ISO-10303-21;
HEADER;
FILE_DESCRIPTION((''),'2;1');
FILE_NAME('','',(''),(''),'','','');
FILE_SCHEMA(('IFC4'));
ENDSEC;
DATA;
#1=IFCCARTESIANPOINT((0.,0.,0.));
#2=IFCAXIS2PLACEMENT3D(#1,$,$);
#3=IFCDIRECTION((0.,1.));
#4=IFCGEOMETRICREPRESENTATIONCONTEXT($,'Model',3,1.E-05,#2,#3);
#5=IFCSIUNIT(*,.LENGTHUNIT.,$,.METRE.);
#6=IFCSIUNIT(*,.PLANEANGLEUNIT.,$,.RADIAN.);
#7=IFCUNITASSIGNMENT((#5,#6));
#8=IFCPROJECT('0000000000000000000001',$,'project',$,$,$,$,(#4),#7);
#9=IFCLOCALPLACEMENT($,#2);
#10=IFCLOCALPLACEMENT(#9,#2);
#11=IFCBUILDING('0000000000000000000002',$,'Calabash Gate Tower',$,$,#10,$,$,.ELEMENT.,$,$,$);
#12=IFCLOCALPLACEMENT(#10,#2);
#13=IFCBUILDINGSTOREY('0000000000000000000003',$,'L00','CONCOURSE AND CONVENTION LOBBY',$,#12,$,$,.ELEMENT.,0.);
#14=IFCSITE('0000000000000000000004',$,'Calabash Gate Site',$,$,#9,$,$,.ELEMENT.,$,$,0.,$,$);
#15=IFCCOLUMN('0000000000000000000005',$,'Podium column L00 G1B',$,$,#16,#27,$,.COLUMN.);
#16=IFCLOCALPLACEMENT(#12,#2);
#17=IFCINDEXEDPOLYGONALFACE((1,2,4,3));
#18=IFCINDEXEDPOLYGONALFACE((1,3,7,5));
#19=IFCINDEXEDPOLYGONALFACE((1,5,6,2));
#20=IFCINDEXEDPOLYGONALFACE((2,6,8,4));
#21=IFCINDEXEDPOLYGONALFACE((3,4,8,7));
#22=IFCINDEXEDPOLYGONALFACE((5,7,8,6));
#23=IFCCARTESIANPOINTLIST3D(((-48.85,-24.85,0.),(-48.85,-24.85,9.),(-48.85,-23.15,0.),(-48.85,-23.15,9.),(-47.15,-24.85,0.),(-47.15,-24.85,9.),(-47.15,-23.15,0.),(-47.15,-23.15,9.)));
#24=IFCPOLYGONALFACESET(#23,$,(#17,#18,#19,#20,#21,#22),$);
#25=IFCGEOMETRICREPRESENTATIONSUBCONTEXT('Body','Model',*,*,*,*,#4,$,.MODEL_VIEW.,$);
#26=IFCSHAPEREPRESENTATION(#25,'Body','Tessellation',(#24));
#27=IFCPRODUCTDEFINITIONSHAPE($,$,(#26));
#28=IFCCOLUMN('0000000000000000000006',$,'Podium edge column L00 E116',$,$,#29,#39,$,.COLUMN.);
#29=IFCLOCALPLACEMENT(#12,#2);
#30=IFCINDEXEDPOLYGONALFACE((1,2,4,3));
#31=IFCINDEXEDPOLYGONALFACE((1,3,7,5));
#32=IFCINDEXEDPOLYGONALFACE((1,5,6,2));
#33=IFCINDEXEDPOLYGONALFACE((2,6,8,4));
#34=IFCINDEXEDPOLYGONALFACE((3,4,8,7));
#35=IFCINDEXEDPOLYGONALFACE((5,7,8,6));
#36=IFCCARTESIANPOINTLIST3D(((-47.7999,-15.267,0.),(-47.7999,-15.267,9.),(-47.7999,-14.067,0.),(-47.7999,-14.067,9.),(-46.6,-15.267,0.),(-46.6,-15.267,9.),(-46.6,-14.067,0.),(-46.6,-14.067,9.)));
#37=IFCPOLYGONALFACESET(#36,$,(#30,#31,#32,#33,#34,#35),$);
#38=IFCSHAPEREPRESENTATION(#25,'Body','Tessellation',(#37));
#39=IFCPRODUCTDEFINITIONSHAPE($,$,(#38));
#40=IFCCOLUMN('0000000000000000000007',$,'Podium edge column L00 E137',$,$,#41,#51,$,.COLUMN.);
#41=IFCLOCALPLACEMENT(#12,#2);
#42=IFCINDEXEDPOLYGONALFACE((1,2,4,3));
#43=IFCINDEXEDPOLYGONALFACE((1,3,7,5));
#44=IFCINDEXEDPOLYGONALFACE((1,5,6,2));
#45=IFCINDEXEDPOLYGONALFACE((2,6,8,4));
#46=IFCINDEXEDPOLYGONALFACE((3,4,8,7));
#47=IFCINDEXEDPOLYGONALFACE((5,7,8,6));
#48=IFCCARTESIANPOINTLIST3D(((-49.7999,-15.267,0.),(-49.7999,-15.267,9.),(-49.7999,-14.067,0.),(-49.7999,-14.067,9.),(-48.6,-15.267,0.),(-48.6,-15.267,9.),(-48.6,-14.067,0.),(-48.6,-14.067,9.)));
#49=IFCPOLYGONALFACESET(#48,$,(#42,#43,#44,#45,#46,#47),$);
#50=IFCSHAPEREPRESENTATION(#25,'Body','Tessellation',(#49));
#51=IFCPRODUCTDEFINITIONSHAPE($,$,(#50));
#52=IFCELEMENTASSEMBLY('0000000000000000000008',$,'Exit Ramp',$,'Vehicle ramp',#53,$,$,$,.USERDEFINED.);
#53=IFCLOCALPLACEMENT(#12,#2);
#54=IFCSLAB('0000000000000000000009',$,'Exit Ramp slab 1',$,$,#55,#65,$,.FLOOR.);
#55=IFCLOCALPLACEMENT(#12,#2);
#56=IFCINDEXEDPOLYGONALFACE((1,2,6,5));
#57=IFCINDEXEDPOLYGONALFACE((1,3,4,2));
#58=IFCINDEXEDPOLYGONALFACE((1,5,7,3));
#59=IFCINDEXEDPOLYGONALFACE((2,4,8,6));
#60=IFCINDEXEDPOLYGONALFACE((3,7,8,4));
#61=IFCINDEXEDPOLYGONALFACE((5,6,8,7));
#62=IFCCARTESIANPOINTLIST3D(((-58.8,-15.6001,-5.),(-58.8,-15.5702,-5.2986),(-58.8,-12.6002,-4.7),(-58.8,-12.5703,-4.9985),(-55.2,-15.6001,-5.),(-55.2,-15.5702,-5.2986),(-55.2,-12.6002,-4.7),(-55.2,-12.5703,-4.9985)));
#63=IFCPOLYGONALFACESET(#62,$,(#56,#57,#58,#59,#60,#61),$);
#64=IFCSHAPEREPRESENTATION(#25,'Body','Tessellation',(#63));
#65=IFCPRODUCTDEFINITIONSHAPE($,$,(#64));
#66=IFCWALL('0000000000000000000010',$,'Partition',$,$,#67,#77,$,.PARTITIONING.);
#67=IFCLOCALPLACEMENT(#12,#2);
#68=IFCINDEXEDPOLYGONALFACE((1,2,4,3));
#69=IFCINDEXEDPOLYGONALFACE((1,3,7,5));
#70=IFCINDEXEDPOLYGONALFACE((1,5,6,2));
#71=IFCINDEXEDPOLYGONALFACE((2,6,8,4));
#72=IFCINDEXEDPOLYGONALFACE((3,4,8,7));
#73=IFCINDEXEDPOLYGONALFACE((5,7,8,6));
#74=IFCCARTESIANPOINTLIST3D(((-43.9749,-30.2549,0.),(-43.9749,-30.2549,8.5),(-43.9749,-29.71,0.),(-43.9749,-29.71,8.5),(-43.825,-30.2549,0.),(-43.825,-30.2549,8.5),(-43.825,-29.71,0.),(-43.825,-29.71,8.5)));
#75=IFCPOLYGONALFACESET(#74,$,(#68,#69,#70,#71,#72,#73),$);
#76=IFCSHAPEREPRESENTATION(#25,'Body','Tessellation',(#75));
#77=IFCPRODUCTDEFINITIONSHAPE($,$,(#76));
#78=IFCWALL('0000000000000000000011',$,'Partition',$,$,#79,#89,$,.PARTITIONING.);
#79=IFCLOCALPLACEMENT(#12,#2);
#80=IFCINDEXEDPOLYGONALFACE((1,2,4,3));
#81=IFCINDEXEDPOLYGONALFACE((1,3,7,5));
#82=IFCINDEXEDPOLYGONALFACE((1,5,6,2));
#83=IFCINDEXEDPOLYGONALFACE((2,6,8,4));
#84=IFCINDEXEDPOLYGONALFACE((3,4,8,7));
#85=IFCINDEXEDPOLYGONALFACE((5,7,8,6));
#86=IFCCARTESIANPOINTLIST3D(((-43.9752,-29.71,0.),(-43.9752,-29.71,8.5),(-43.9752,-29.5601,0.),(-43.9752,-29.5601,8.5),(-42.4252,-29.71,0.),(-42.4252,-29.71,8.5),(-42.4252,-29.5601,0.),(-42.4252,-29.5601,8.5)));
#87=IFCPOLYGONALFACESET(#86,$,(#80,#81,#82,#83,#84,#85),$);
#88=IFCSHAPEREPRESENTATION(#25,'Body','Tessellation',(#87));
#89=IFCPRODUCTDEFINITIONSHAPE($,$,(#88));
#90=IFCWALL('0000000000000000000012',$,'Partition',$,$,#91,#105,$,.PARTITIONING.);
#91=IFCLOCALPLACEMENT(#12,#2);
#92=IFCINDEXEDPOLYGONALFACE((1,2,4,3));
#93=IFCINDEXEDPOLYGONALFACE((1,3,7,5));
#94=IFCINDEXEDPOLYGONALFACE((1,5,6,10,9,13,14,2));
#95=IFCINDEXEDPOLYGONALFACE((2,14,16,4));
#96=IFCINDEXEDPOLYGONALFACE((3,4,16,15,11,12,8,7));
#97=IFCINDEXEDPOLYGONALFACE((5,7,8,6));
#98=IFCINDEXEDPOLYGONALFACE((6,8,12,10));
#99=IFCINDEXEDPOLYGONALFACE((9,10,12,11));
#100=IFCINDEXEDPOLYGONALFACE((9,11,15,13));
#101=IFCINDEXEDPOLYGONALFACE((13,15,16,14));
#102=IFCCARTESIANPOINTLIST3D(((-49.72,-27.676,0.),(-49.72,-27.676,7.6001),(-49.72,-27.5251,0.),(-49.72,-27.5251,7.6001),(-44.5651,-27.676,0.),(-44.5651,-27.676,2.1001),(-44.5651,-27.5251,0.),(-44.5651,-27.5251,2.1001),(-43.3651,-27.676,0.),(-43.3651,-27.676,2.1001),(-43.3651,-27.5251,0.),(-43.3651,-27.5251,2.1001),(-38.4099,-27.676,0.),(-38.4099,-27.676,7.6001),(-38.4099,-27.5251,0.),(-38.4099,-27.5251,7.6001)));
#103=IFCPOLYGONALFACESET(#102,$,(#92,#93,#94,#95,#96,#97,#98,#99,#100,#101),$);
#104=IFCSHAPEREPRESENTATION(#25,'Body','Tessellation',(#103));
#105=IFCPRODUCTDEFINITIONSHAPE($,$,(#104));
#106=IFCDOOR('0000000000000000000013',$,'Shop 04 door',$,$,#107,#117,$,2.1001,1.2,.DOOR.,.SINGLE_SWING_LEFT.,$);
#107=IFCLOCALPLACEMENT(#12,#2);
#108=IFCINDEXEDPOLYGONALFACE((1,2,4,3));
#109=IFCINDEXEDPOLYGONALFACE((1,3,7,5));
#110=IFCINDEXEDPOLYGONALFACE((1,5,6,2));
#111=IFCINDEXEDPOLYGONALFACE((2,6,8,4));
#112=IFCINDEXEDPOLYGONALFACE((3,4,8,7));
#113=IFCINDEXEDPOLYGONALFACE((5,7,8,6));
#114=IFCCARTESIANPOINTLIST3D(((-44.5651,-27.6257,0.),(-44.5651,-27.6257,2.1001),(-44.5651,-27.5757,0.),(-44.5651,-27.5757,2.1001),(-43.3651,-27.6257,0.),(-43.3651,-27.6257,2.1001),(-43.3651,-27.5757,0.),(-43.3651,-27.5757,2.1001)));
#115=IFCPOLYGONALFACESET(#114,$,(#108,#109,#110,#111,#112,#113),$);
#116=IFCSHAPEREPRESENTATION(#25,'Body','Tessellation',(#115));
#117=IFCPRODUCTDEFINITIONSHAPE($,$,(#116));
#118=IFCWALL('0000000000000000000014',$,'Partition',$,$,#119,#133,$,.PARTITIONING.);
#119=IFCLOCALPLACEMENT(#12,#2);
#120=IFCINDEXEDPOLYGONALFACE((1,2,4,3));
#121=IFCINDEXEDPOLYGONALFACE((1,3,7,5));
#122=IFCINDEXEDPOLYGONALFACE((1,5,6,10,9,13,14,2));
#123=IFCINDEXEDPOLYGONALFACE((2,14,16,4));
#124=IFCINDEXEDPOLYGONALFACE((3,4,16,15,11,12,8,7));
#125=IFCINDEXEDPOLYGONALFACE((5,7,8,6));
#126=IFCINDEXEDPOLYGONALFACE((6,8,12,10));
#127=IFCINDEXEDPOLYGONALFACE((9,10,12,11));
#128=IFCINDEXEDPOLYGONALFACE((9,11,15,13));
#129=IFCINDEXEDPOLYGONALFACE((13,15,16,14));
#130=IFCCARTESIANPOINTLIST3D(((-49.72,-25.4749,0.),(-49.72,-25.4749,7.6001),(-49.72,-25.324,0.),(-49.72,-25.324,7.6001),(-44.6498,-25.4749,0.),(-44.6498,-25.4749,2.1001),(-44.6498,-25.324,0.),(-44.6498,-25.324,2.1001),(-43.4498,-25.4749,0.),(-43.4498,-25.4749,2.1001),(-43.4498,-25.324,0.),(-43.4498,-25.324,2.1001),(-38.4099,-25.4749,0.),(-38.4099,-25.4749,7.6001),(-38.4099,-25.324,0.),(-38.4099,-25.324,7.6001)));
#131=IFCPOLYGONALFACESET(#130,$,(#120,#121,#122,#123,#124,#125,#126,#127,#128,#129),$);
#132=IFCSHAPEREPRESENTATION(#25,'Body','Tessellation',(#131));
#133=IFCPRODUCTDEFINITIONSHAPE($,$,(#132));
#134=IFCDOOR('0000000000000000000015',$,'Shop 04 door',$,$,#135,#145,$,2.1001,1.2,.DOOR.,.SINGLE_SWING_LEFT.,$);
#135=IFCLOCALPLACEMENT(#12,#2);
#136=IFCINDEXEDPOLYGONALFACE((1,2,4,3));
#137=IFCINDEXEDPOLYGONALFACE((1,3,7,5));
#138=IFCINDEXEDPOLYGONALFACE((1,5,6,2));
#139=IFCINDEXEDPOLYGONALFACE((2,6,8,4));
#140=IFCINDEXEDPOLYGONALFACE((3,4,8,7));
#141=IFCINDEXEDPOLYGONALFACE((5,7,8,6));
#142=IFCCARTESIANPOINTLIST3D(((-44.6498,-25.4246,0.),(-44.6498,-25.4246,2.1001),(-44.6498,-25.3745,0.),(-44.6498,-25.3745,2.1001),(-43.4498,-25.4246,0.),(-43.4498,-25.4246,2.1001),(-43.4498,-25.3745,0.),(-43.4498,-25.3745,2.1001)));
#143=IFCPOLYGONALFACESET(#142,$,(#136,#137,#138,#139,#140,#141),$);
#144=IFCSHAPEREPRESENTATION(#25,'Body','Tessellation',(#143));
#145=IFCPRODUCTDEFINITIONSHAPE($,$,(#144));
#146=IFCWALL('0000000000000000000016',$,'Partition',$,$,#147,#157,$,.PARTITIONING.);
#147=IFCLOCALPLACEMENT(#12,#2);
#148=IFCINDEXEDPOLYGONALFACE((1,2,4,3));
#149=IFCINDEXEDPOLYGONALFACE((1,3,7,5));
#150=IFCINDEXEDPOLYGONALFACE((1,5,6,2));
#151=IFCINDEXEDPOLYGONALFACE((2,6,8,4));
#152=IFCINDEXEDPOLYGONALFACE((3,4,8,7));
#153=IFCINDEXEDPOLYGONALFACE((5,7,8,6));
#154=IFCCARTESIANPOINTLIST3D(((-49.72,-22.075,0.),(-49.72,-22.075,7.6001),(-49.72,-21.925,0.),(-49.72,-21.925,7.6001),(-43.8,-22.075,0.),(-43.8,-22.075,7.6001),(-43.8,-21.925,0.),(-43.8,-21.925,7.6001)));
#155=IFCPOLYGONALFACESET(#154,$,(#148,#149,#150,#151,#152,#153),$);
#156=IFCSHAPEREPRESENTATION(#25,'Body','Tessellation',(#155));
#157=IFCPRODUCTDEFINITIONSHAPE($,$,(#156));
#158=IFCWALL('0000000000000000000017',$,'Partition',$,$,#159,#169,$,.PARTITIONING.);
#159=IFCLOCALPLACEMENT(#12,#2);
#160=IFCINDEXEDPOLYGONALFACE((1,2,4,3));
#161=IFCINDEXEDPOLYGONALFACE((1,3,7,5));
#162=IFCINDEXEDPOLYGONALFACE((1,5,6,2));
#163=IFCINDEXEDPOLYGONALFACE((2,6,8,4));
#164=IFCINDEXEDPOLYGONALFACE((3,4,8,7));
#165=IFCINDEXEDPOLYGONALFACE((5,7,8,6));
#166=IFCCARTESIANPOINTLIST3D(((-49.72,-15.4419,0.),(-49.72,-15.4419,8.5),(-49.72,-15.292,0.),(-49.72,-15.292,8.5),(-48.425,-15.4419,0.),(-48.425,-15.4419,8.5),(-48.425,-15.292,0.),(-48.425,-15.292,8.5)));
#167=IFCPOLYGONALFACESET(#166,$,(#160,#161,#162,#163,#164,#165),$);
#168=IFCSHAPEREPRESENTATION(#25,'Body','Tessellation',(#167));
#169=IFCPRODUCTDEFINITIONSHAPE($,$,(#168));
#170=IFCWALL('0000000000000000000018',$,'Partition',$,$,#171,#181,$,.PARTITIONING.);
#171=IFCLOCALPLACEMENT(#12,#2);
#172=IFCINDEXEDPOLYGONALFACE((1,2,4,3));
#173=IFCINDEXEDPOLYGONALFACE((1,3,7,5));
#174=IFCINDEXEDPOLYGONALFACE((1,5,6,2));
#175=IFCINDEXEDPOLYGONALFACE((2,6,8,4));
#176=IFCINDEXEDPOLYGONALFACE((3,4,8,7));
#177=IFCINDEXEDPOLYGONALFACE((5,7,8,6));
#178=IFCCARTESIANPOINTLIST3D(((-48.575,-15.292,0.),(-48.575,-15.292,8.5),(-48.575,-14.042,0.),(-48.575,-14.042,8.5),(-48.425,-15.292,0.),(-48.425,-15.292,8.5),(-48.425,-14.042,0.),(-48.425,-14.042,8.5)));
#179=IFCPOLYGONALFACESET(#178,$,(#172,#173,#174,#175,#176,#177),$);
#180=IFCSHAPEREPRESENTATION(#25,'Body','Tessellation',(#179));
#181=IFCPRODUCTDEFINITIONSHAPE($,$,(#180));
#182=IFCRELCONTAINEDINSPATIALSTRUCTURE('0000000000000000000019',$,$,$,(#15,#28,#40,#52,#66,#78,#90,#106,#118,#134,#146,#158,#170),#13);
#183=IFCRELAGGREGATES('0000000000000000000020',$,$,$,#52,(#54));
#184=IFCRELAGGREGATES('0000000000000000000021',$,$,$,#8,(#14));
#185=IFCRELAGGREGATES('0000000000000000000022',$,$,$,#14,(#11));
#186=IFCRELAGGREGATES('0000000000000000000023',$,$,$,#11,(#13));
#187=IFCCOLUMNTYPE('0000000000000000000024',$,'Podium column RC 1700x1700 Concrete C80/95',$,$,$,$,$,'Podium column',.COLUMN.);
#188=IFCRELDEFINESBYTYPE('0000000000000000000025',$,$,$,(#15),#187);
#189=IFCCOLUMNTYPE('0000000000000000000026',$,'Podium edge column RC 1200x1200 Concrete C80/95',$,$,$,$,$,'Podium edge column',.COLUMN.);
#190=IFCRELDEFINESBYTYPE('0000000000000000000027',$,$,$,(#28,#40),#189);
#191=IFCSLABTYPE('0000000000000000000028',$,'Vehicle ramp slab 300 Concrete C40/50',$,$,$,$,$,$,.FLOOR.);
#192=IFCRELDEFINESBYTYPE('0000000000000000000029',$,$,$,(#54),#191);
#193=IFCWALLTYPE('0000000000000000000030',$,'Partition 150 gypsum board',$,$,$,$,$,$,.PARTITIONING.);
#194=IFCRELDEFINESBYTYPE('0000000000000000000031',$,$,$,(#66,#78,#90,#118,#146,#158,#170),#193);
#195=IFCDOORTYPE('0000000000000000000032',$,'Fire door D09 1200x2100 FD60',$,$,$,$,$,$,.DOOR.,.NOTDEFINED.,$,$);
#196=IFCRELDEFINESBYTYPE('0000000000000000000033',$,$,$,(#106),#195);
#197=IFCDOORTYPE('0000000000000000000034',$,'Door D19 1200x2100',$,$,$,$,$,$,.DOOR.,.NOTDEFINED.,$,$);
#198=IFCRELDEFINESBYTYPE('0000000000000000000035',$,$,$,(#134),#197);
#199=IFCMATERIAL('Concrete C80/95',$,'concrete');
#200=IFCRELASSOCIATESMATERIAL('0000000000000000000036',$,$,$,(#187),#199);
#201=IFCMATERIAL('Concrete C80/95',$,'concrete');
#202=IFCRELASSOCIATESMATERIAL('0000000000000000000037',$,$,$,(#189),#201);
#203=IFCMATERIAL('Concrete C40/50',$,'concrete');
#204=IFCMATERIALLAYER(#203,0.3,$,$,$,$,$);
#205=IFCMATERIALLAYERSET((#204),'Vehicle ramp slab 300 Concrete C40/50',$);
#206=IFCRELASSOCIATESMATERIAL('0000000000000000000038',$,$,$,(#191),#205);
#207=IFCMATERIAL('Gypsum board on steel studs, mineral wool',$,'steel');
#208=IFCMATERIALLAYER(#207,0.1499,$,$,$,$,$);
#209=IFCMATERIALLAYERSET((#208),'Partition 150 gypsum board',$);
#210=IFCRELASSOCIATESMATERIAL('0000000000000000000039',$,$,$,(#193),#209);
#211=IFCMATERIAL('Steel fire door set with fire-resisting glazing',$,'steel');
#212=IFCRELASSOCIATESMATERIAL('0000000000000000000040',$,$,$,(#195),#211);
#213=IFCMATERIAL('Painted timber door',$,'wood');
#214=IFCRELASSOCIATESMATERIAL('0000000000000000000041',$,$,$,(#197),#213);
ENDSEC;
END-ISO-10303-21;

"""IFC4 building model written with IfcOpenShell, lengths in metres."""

from ifc_helpers import new_model, si_unit, direction, frame, frame_2d, origin, origin_2d, place, context, subcontext, project, spatial, polyline, rectangle, outline, extrude, material, layer, layer_set, material_profile, profile_set, type_object, element, fill, aggregate, save


model = new_model("IFC4")

# Units and contexts
model_context = context("Model", 3, precision=1e-05, world=origin(), true_north=direction((0.0, 1.0)))
body_context = subcontext(model_context, "Body", "Model", "MODEL_VIEW")
ifc_project = project(units=[si_unit("LENGTHUNIT", "METRE"), si_unit("PLANEANGLEUNIT", "RADIAN")], contexts=[model_context])

# Site, building, storey
site_placement = place(None, origin())
site = spatial("IfcSite", under=ifc_project, at=site_placement, Name="Calabash Gate Site", CompositionType="ELEMENT", RefElevation=0.0)
building_placement = place(site_placement, origin())
building = spatial("IfcBuilding", under=site, at=building_placement, Name="Calabash Gate Tower", CompositionType="ELEMENT")
storey_placement = place(building_placement, origin())
storey = spatial("IfcBuildingStorey", under=building, at=storey_placement, Name="L00", Description="CONCOURSE AND CONVENTION LOBBY", CompositionType="ELEMENT", Elevation=0.0)

# Columns
ifc_material_1 = material(Name="Concrete C80/95", Category="concrete")
ifc_material_profile_1 = material_profile(ifc_material_1, rectangle(XDim=1.7, YDim=1.7, at=origin_2d()))
ifc_profile_set_1 = profile_set([ifc_material_profile_1], Name="Concrete C80/95")
column_type_1 = type_object("IfcColumnType", Name="Podium column RC 1700x1700 Concrete C80/95", ElementType="Podium column", PredefinedType="COLUMN", material=ifc_profile_set_1)
column_placement = place(storey_placement, frame((-48.0, -24.0, 0.0), z_axis=(0.0, 0.0, 1.0), x_axis=(1.0, 0.0, 0.0)))
element("IfcColumn", 1, at=column_placement, inside=storey, type_object=column_type_1, Name="Podium column L00 G1B", PredefinedType="COLUMN", context=body_context, shape_type="SweptSolid", body=[
    extrude(rectangle(XDim=1.7, YDim=1.7, at=origin_2d()), origin(), (0.0, 0.0, 1.0), 9.0),
])
ifc_material_2 = material(Name="Concrete C80/95", Category="concrete")
ifc_material_profile_2 = material_profile(ifc_material_2, rectangle(XDim=1.2, YDim=1.2, at=origin_2d()))
ifc_profile_set_2 = profile_set([ifc_material_profile_2], Name="Concrete C80/95")
column_type_2 = type_object("IfcColumnType", Name="Podium edge column RC 1200x1200 Concrete C80/95", ElementType="Podium edge column", PredefinedType="COLUMN", material=ifc_profile_set_2)
for number, where, z_axis, x_axis, name in (
    (2, (-47.2, -14.667, 0.0), (0.0, 0.0, 1.0), (1.0, 0.0, 0.0), "Podium edge column L00 E116"),
    (3, (-49.2, -14.667, 0.0), (0.0, 0.0, 1.0), (1.0, 0.0, 0.0), "Podium edge column L00 E137"),
):
    element("IfcColumn", number, at=place(storey_placement, frame(where, z_axis=z_axis, x_axis=x_axis)), inside=storey, type_object=column_type_2, Name=name, PredefinedType="COLUMN", context=body_context, shape_type="SweptSolid", body=[
        extrude(rectangle(XDim=1.2, YDim=1.2, at=origin_2d()), origin(), (0.0, 0.0, 1.0), 9.0),
    ])

# Element assembly, slab
assembly_placement = place(storey_placement, origin())
assembly = element("IfcElementAssembly", 4, at=assembly_placement, inside=storey, Name="Exit Ramp", ObjectType="Vehicle ramp", PredefinedType="USERDEFINED")
ifc_material_3 = material(Name="Concrete C40/50", Category="concrete")
ifc_layer_1 = layer(ifc_material_3, 0.3)
ifc_layer_set_1 = layer_set([ifc_layer_1], Name="Vehicle ramp slab 300 Concrete C40/50")
slab_type = type_object("IfcSlabType", Name="Vehicle ramp slab 300 Concrete C40/50", PredefinedType="FLOOR", material=ifc_layer_set_1)
slab_placement = place(storey_placement, frame((-58.8, -15.6001, -5.0), z_axis=(0.0, -0.09952, 0.995036), x_axis=(1.0, 0.0, 0.0)))
slab = element("IfcSlab", 5, at=slab_placement, type_object=slab_type, Name="Exit Ramp slab 1", PredefinedType="FLOOR", context=body_context, shape_type="SweptSolid", body=[
    extrude(outline(polyline([(0.0, 0.0), (3.6001, 0.0), (3.6001, 3.0149), (0.0, 3.0149), (0.0, 0.0)])), origin(), (0.0, 0.0, -1.0), 0.3),
])
aggregate(assembly, [slab])

# Walls
ifc_material_4 = material(Name="Gypsum board on steel studs, mineral wool", Category="steel")
ifc_layer_2 = layer(ifc_material_4, 0.1499)
ifc_layer_set_2 = layer_set([ifc_layer_2], Name="Partition 150 gypsum board")
wall_type_1 = type_object("IfcWallType", Name="Partition 150 gypsum board", PredefinedType="PARTITIONING", material=ifc_layer_set_2)
wall_1_placement = place(storey_placement, frame((-43.8999, -30.2549, 0.0), z_axis=(0.0, 0.0, 1.0), x_axis=(0.0, 1.0, 0.0)))
element("IfcWall", 6, at=wall_1_placement, inside=storey, type_object=wall_type_1, Name="Partition", PredefinedType="PARTITIONING", context=body_context, shape_type="SweptSolid", body=[
    extrude(rectangle(XDim=0.5449, YDim=0.1499, at=frame_2d((0.2725, 0.0))), origin(), (0.0, 0.0, 1.0), 8.5),
])
wall_2_placement = place(storey_placement, frame((-43.9751, -29.635, 0.0), z_axis=(0.0, 0.0, 1.0), x_axis=(1.0, 0.0, 0.0)))
element("IfcWall", 7, at=wall_2_placement, inside=storey, type_object=wall_type_1, Name="Partition", PredefinedType="PARTITIONING", context=body_context, shape_type="SweptSolid", body=[
    extrude(rectangle(XDim=1.55, YDim=0.1499, at=frame_2d((0.7749, 0.0))), origin(), (0.0, 0.0, 1.0), 8.5),
])

# Walls, openings, doors
wall_3_placement = place(storey_placement, frame((-49.72, -27.6006, 0.0), z_axis=(0.0, 0.0, 1.0), x_axis=(1.0, 0.0, 0.0)))
wall_3 = element("IfcWall", 8, at=wall_3_placement, inside=storey, type_object=wall_type_1, Name="Partition", PredefinedType="PARTITIONING", context=body_context, shape_type="SweptSolid", body=[
    extrude(rectangle(XDim=11.3101, YDim=0.1509, at=frame_2d((5.655, 0.0))), origin(), (0.0, 0.0, 1.0), 7.6001),
])
opening_1_placement = place(wall_3_placement, frame((5.1548, 0.0, 0.0)))
opening_1 = element("IfcOpeningElement", 9, at=opening_1_placement, cuts=wall_3, PredefinedType="OPENING", context=body_context, shape_type="SweptSolid", body=[
    extrude(rectangle(XDim=1.2, YDim=2.1001, at=frame_2d((0.6001, 1.05))), frame((0.0, 0.0854, 0.0), z_axis=(0.0, -1.0, 0.0), x_axis=(1.0, 0.0, 0.0)), (0.0, 0.0, 1.0), 0.1709),
])
ifc_material_5 = material(Name="Steel fire door set with fire-resisting glazing", Category="steel")
door_type_1 = type_object("IfcDoorType", Name="Fire door D09 1200x2100 FD60", OperationType="NOTDEFINED", PredefinedType="DOOR", material=ifc_material_5)
door_1_placement = place(opening_1_placement, origin())
door_1 = element("IfcDoor", 10, at=door_1_placement, inside=storey, type_object=door_type_1, Name="Shop 04 door", OperationType="SINGLE_SWING_LEFT", OverallHeight=2.1001, OverallWidth=1.2, PredefinedType="DOOR", context=body_context, shape_type="SweptSolid", body=[
    extrude(rectangle(XDim=1.2, YDim=2.1001, at=frame_2d((0.6001, 1.05))), frame((0.0, 0.0249, 0.0), z_axis=(0.0, -1.0, 0.0), x_axis=(1.0, 0.0, 0.0)), (0.0, 0.0, 1.0), 0.05),
])
fill(opening_1, door_1)
wall_4_placement = place(storey_placement, frame((-49.72, -25.3994, 0.0), z_axis=(0.0, 0.0, 1.0), x_axis=(1.0, 0.0, 0.0)))
wall_4 = element("IfcWall", 11, at=wall_4_placement, inside=storey, type_object=wall_type_1, Name="Partition", PredefinedType="PARTITIONING", context=body_context, shape_type="SweptSolid", body=[
    extrude(rectangle(XDim=11.3101, YDim=0.1509, at=frame_2d((5.655, 0.0))), origin(), (0.0, 0.0, 1.0), 7.6001),
])
opening_2_placement = place(wall_4_placement, frame((5.0701, 0.0, 0.0)))
opening_2 = element("IfcOpeningElement", 12, at=opening_2_placement, cuts=wall_4, PredefinedType="OPENING", context=body_context, shape_type="SweptSolid", body=[
    extrude(rectangle(XDim=1.2, YDim=2.1001, at=frame_2d((0.6001, 1.05))), frame((0.0, 0.0854, 0.0), z_axis=(0.0, -1.0, 0.0), x_axis=(1.0, 0.0, 0.0)), (0.0, 0.0, 1.0), 0.1709),
])
ifc_material_6 = material(Name="Painted timber door", Category="wood")
door_type_2 = type_object("IfcDoorType", Name="Door D19 1200x2100", OperationType="NOTDEFINED", PredefinedType="DOOR", material=ifc_material_6)
door_2_placement = place(opening_2_placement, origin())
door_2 = element("IfcDoor", 13, at=door_2_placement, inside=storey, type_object=door_type_2, Name="Shop 04 door", OperationType="SINGLE_SWING_LEFT", OverallHeight=2.1001, OverallWidth=1.2, PredefinedType="DOOR", context=body_context, shape_type="SweptSolid", body=[
    extrude(rectangle(XDim=1.2, YDim=2.1001, at=frame_2d((0.6001, 1.05))), frame((0.0, 0.0249, 0.0), z_axis=(0.0, -1.0, 0.0), x_axis=(1.0, 0.0, 0.0)), (0.0, 0.0, 1.0), 0.05),
])
fill(opening_2, door_2)

# Walls
wall_5_placement = place(storey_placement, frame((-49.72, -22.0, 0.0), z_axis=(0.0, 0.0, 1.0), x_axis=(1.0, 0.0, 0.0)))
element("IfcWall", 14, at=wall_5_placement, inside=storey, type_object=wall_type_1, Name="Partition", PredefinedType="PARTITIONING", context=body_context, shape_type="SweptSolid", body=[
    extrude(rectangle(XDim=5.9199, YDim=0.1499, at=frame_2d((2.96, 0.0))), origin(), (0.0, 0.0, 1.0), 7.6001),
])
wall_6_placement = place(storey_placement, frame((-49.72, -15.3669, 0.0), z_axis=(0.0, 0.0, 1.0), x_axis=(1.0, 0.0, 0.0)))
element("IfcWall", 15, at=wall_6_placement, inside=storey, type_object=wall_type_1, Name="Partition", PredefinedType="PARTITIONING", context=body_context, shape_type="SweptSolid", body=[
    extrude(rectangle(XDim=1.2949, YDim=0.1499, at=frame_2d((0.6475, 0.0))), origin(), (0.0, 0.0, 1.0), 8.5),
])
wall_7_placement = place(storey_placement, frame((-48.5, -15.292, 0.0), z_axis=(0.0, 0.0, 1.0), x_axis=(0.0, 1.0, 0.0)))
element("IfcWall", 16, at=wall_7_placement, inside=storey, type_object=wall_type_1, Name="Partition", PredefinedType="PARTITIONING", context=body_context, shape_type="SweptSolid", body=[
    extrude(rectangle(XDim=1.25, YDim=0.1499, at=frame_2d((0.625, 0.0))), origin(), (0.0, 0.0, 1.0), 8.5),
])

save(model, "model.ifc")
